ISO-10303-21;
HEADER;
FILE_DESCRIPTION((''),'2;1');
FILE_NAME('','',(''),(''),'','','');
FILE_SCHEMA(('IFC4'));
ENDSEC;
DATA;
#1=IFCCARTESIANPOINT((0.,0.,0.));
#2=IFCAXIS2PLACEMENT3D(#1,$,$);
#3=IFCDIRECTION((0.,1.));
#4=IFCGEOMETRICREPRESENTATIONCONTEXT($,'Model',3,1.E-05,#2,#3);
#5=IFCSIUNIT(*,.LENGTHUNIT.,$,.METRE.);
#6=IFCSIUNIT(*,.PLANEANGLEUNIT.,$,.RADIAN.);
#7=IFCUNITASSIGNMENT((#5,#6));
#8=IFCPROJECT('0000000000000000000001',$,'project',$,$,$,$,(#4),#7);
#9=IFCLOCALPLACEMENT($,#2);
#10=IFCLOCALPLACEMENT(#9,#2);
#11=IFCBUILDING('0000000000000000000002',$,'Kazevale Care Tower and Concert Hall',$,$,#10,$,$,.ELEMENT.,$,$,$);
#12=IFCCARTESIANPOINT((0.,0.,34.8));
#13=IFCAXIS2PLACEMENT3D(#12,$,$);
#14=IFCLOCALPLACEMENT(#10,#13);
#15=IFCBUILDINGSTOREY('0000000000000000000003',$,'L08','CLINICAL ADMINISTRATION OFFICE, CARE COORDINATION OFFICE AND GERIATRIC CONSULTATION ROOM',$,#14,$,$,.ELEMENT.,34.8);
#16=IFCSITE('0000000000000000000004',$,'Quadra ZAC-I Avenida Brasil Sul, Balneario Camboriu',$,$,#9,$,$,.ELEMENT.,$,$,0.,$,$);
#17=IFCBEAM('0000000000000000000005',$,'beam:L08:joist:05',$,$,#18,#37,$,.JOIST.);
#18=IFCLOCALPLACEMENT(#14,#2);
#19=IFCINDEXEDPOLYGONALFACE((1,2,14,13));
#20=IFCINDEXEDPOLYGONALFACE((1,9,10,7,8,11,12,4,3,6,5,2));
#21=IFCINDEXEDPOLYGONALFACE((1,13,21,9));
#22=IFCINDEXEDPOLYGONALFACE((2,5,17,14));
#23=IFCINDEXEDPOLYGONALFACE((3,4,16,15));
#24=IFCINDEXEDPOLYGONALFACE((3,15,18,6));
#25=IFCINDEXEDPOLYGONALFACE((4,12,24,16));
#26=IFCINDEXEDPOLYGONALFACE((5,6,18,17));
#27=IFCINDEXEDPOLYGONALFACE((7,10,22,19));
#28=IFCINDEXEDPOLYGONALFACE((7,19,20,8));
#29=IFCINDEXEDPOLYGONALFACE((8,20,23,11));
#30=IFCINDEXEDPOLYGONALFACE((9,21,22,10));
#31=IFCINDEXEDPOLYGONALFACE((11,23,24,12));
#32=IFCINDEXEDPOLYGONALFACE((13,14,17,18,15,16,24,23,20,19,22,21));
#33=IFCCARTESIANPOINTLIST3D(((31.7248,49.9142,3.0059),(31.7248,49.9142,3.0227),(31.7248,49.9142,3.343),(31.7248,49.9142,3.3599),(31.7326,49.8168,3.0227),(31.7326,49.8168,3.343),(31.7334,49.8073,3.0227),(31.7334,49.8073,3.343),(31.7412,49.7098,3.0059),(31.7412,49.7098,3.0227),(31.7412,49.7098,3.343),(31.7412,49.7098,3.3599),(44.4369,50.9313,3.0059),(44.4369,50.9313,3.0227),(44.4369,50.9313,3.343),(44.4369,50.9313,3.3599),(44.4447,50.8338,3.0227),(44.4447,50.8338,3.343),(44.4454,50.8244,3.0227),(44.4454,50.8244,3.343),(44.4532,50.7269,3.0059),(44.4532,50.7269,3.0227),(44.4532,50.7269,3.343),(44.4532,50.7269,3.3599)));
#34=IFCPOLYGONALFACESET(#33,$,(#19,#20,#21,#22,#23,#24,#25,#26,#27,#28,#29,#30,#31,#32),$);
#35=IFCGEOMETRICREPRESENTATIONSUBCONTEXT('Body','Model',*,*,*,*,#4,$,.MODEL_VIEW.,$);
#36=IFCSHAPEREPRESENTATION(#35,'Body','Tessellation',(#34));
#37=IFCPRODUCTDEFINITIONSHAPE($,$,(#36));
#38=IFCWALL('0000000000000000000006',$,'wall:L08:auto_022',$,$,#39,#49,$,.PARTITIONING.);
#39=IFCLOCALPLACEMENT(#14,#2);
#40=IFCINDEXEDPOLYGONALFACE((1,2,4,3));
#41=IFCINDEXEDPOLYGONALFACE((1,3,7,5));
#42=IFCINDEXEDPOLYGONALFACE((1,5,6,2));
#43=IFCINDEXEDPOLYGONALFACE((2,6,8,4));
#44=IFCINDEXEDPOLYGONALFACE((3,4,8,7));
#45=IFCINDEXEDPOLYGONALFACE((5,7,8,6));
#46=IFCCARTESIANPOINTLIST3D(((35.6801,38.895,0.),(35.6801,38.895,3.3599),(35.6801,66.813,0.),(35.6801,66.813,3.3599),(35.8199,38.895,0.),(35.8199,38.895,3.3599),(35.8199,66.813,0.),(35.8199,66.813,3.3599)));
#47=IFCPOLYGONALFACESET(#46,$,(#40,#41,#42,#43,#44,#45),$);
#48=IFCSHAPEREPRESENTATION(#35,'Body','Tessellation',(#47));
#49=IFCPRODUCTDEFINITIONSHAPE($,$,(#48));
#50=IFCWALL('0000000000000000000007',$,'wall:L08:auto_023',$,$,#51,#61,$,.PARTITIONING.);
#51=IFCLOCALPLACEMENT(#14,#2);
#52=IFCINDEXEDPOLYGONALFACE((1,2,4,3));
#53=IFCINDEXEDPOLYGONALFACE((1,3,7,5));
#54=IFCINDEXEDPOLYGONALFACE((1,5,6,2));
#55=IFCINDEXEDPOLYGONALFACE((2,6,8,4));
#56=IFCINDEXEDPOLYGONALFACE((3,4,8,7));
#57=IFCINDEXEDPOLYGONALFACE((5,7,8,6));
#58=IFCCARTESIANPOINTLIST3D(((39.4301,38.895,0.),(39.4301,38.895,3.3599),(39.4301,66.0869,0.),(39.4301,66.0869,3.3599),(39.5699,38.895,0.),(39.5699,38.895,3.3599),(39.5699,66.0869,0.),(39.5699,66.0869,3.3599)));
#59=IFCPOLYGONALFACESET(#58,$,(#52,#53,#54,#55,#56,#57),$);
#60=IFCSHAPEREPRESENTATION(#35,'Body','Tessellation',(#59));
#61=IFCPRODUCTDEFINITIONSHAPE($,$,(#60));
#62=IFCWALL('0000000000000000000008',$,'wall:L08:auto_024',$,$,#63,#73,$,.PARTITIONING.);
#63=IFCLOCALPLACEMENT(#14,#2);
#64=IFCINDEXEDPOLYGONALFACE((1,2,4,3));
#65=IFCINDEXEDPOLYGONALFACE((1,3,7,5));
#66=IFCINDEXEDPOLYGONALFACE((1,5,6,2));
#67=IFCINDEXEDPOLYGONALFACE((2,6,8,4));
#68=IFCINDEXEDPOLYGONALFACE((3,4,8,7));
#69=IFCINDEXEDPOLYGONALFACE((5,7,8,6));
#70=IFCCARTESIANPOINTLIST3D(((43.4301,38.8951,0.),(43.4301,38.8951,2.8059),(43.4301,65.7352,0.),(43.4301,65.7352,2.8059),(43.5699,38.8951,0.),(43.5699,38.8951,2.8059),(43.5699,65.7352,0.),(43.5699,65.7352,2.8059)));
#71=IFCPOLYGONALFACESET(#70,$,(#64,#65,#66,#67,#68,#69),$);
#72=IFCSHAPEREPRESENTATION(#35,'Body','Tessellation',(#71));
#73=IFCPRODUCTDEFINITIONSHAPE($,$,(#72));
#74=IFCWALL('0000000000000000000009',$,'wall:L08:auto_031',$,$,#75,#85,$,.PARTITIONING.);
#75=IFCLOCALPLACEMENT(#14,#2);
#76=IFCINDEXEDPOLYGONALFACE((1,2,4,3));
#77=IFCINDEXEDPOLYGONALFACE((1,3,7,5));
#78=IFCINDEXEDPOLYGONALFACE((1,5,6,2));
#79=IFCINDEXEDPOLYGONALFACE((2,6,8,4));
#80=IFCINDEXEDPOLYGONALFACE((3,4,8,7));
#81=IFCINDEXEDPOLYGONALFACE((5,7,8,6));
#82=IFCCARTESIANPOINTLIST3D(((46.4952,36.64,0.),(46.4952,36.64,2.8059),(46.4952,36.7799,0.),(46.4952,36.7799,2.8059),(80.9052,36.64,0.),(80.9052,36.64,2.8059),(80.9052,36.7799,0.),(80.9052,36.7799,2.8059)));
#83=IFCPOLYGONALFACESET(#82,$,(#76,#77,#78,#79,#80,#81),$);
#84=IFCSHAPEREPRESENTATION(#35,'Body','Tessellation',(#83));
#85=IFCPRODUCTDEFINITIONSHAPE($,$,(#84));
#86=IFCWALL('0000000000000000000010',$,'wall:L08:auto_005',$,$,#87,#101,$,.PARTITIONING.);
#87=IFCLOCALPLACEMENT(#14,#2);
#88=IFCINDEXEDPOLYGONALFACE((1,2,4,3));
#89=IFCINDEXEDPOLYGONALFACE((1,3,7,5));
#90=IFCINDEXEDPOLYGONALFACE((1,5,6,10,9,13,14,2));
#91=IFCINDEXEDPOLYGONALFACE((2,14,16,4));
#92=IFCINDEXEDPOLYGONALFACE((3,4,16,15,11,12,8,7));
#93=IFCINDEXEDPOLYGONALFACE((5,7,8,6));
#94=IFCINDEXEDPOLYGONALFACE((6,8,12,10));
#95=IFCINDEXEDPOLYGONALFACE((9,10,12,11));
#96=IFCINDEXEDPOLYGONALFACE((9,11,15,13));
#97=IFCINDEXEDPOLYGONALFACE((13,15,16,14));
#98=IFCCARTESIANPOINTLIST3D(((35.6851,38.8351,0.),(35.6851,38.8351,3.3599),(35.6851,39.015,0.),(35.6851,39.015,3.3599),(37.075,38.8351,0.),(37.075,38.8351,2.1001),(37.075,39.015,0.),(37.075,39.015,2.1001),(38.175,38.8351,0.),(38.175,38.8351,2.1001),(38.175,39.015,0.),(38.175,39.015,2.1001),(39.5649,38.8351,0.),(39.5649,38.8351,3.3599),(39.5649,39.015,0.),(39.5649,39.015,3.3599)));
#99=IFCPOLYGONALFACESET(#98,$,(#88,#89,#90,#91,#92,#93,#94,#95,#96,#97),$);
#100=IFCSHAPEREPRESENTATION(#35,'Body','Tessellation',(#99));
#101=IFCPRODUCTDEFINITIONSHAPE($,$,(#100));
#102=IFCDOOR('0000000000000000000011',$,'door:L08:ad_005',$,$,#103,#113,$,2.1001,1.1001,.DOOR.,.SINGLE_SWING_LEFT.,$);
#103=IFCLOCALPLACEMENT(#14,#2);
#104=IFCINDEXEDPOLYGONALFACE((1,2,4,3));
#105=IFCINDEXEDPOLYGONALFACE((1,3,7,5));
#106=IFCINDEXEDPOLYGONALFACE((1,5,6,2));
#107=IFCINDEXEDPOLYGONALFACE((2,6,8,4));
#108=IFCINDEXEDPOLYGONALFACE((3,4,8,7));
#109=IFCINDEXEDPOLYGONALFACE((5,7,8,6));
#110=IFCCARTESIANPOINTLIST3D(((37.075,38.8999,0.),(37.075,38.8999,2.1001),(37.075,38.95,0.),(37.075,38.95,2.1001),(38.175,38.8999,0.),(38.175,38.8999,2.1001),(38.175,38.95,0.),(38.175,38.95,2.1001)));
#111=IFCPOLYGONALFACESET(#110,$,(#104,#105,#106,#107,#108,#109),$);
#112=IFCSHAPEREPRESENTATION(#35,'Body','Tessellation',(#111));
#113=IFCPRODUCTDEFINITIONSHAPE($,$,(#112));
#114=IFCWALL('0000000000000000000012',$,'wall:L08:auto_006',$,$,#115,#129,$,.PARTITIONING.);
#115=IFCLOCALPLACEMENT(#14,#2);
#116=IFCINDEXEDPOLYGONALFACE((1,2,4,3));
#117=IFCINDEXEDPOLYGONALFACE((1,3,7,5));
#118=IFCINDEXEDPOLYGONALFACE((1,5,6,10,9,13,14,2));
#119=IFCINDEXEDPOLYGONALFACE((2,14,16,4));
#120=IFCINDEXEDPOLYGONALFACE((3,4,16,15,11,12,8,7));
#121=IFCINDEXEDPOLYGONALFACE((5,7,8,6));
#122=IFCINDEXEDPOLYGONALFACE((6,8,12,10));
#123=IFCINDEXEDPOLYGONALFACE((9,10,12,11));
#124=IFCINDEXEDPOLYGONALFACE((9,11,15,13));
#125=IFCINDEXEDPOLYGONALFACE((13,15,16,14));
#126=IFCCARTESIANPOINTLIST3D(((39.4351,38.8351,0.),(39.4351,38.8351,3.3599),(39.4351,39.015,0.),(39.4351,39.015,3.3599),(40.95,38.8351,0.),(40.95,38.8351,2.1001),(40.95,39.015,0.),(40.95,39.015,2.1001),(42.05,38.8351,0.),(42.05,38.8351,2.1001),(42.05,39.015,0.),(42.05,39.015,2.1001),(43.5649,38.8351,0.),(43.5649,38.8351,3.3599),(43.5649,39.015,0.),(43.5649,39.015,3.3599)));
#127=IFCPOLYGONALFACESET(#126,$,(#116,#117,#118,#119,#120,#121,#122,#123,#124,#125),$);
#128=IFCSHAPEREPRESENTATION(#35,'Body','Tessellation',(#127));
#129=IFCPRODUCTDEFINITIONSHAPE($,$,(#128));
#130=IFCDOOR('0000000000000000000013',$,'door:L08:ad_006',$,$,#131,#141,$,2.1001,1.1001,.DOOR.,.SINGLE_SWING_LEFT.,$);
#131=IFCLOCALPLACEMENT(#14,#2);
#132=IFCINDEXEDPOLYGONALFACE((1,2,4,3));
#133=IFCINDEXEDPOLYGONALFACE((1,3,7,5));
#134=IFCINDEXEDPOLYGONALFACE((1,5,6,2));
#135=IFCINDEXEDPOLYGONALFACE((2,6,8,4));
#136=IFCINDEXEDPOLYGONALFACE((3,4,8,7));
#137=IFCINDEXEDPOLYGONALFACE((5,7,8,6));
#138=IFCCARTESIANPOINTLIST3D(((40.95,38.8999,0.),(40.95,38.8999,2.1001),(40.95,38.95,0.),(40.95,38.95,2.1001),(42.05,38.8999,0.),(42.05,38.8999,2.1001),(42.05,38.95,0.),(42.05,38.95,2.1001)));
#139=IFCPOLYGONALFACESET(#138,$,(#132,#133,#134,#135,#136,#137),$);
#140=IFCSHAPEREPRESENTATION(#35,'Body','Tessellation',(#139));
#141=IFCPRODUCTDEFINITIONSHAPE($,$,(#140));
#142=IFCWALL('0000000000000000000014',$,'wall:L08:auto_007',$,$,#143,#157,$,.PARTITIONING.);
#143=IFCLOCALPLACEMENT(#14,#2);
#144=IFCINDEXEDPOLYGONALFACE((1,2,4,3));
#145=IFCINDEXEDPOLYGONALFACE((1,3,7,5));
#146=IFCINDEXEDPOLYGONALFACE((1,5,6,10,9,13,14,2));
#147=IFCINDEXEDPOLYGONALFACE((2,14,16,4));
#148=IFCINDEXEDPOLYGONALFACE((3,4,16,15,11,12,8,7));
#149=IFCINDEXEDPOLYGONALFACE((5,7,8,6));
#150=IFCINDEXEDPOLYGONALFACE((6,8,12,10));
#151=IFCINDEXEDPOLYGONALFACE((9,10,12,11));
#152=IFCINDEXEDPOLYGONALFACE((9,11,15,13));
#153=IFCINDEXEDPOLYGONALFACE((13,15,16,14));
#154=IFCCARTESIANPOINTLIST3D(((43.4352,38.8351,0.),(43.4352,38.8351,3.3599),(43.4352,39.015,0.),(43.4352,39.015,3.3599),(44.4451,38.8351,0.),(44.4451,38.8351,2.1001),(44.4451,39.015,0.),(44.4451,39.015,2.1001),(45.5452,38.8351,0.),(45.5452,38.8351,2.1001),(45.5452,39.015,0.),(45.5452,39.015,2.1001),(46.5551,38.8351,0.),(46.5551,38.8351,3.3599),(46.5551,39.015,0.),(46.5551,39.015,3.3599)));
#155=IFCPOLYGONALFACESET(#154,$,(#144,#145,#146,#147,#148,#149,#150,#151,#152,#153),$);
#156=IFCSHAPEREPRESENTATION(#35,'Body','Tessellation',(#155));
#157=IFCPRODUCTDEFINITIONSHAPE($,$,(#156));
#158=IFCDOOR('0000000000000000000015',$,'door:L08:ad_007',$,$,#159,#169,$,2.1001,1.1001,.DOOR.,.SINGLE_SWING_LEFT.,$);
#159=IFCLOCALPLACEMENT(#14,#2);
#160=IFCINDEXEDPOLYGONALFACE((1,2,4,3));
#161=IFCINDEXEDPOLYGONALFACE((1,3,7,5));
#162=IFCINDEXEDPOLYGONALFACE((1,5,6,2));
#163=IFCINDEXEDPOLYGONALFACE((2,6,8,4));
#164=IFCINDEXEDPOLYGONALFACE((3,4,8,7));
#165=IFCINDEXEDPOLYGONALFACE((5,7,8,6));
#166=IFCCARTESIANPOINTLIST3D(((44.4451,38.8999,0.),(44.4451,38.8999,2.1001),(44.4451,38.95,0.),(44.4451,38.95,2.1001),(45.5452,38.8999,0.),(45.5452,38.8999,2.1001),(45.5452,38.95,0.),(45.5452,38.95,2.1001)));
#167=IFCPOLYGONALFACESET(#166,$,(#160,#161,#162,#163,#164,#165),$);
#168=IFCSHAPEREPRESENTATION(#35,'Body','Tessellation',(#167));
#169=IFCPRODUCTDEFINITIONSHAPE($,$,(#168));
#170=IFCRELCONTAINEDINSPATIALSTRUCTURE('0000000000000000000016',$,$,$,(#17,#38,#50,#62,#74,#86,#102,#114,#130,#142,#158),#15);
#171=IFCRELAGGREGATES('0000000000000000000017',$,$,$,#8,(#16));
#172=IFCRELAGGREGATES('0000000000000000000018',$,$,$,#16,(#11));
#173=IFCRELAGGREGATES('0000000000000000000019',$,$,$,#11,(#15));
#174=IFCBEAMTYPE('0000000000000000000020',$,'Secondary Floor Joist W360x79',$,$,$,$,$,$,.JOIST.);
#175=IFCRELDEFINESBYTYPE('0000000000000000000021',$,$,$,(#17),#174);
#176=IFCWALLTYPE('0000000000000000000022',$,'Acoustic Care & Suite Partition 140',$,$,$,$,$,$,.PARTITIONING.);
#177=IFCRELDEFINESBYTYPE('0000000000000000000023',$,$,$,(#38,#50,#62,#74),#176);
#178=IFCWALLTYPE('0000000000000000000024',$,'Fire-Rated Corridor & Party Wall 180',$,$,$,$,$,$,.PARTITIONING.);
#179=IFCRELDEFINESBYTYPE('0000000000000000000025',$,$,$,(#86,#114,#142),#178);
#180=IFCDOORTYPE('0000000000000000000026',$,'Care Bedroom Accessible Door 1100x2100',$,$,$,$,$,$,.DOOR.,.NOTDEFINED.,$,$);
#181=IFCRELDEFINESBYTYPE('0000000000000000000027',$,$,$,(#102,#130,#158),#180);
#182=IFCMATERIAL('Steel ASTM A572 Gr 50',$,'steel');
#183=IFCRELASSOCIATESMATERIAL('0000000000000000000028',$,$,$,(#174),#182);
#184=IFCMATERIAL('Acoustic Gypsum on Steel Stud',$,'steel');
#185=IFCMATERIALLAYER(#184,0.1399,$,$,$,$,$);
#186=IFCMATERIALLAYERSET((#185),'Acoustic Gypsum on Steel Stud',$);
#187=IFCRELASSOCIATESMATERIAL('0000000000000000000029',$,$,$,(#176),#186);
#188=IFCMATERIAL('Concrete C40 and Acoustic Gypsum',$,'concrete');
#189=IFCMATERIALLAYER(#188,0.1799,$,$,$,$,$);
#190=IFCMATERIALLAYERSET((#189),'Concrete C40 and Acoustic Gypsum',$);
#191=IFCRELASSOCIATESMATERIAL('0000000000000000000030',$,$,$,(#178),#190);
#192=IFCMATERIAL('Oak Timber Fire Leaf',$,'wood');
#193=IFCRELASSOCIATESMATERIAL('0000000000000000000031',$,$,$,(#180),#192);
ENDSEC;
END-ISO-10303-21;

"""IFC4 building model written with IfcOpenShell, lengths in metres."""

from ifc_helpers import new_model, si_unit, direction, frame, frame_2d, origin, origin_2d, place, context, subcontext, project, spatial, rectangle, i_section, extrude, material, layer, layer_set, material_profile, profile_set, type_object, element, fill, save


model = new_model("IFC4")

# Units and contexts
model_context = context("Model", 3, precision=1e-05, world=origin(), true_north=direction((0.0, 1.0)))
body_context = subcontext(model_context, "Body", "Model", "MODEL_VIEW")
ifc_project = project(units=[si_unit("LENGTHUNIT", "METRE"), si_unit("PLANEANGLEUNIT", "RADIAN")], contexts=[model_context])

# Site, building, storey
site_placement = place(None, origin())
site = spatial("IfcSite", under=ifc_project, at=site_placement, Name="Quadra ZAC-I Avenida Brasil Sul, Balneario Camboriu", CompositionType="ELEMENT", RefElevation=0.0)
building_placement = place(site_placement, origin())
building = spatial("IfcBuilding", under=site, at=building_placement, Name="Kazevale Care Tower and Concert Hall", CompositionType="ELEMENT")
storey_placement = place(building_placement, frame((0.0, 0.0, 34.8)))
storey = spatial("IfcBuildingStorey", under=building, at=storey_placement, Name="L08", Description="CLINICAL ADMINISTRATION OFFICE, CARE COORDINATION OFFICE AND GERIATRIC CONSULTATION ROOM", CompositionType="ELEMENT", Elevation=34.8)

# Beam
ifc_material_1 = material(Name="Steel ASTM A572 Gr 50", Category="steel")
ifc_material_profile_1 = material_profile(ifc_material_1, i_section(OverallWidth=0.2051, OverallDepth=0.354, WebThickness=0.0095, FlangeThickness=0.0168, at=origin_2d()), Name="W360x79")
ifc_profile_set_1 = profile_set([ifc_material_profile_1], Name="Steel ASTM A572 Gr 50")
beam_type_1 = type_object("IfcBeamType", Name="Secondary Floor Joist W360x79", PredefinedType="JOIST", material=ifc_profile_set_1)
beam_1_placement = place(storey_placement, frame((44.4451, 50.8291, 3.1829), z_axis=(-0.996815, -0.079754, 0.0), x_axis=(0.079754, -0.996815, 0.0)))
element("IfcBeam", 1, at=beam_1_placement, inside=storey, type_object=beam_type_1, Name="beam:L08:joist:05", PredefinedType="JOIST", context=body_context, shape_type="SweptSolid", body=[
    extrude(i_section(OverallWidth=0.2051, OverallDepth=0.354, WebThickness=0.0095, FlangeThickness=0.0168, at=origin_2d()), origin(), (0.0, 0.0, 1.0), 12.7527),
])

# Walls
ifc_material_2 = material(Name="Acoustic Gypsum on Steel Stud", Category="steel")
ifc_layer_1 = layer(ifc_material_2, 0.1399)
ifc_layer_set_1 = layer_set([ifc_layer_1], Name="Acoustic Gypsum on Steel Stud")
wall_type_1 = type_object("IfcWallType", Name="Acoustic Care & Suite Partition 140", PredefinedType="PARTITIONING", material=ifc_layer_set_1)
wall_1_placement = place(storey_placement, frame((35.75, 66.813, 0.0), z_axis=(0.0, 0.0, 1.0), x_axis=(0.0, -1.0, 0.0)))
element("IfcWall", 2, at=wall_1_placement, inside=storey, type_object=wall_type_1, Name="wall:L08:auto_022", PredefinedType="PARTITIONING", context=body_context, shape_type="SweptSolid", body=[
    extrude(rectangle(XDim=27.918, YDim=0.1399, at=frame_2d((13.959, 0.0))), origin(), (0.0, 0.0, 1.0), 3.3599),
])
wall_2_placement = place(storey_placement, frame((39.5, 66.0869, 0.0), z_axis=(0.0, 0.0, 1.0), x_axis=(0.0, -1.0, 0.0)))
element("IfcWall", 3, at=wall_2_placement, inside=storey, type_object=wall_type_1, Name="wall:L08:auto_023", PredefinedType="PARTITIONING", context=body_context, shape_type="SweptSolid", body=[
    extrude(rectangle(XDim=27.1919, YDim=0.1399, at=frame_2d((13.5959, 0.0))), origin(), (0.0, 0.0, 1.0), 3.3599),
])
wall_3_placement = place(storey_placement, frame((43.5, 65.7351, 0.0), z_axis=(0.0, 0.0, 1.0), x_axis=(0.0, -1.0, 0.0)))
element("IfcWall", 4, at=wall_3_placement, inside=storey, type_object=wall_type_1, Name="wall:L08:auto_024", PredefinedType="PARTITIONING", context=body_context, shape_type="SweptSolid", body=[
    extrude(rectangle(XDim=26.8401, YDim=0.1399, at=frame_2d((13.4199, 0.0))), origin(), (0.0, 0.0, 1.0), 2.8059),
])
wall_4_placement = place(storey_placement, frame((46.4951, 36.71, 0.0), z_axis=(0.0, 0.0, 1.0), x_axis=(1.0, 0.0, 0.0)))
element("IfcWall", 5, at=wall_4_placement, inside=storey, type_object=wall_type_1, Name="wall:L08:auto_031", PredefinedType="PARTITIONING", context=body_context, shape_type="SweptSolid", body=[
    extrude(rectangle(XDim=34.4099, YDim=0.1399, at=frame_2d((17.2051, 0.0))), origin(), (0.0, 0.0, 1.0), 2.8059),
])

# Walls, openings, doors
ifc_material_3 = material(Name="Concrete C40 and Acoustic Gypsum", Category="concrete")
ifc_layer_2 = layer(ifc_material_3, 0.1799)
ifc_layer_set_2 = layer_set([ifc_layer_2], Name="Concrete C40 and Acoustic Gypsum")
wall_type_2 = type_object("IfcWallType", Name="Fire-Rated Corridor & Party Wall 180", PredefinedType="PARTITIONING", material=ifc_layer_set_2)
wall_5_placement = place(storey_placement, frame((35.6851, 38.925, 0.0), z_axis=(0.0, 0.0, 1.0), x_axis=(1.0, 0.0, 0.0)))
wall_5 = element("IfcWall", 6, at=wall_5_placement, inside=storey, type_object=wall_type_2, Name="wall:L08:auto_005", PredefinedType="PARTITIONING", context=body_context, shape_type="SweptSolid", body=[
    extrude(rectangle(XDim=3.8799, YDim=0.1799, at=frame_2d((1.9399, 0.0))), origin(), (0.0, 0.0, 1.0), 3.3599),
])
opening_1_placement = place(wall_5_placement, frame((1.3899, 0.0, 0.0)))
opening_1 = element("IfcOpeningElement", 7, at=opening_1_placement, cuts=wall_5, PredefinedType="OPENING", context=body_context, shape_type="SweptSolid", body=[
    extrude(rectangle(XDim=1.1001, YDim=2.1001, at=frame_2d((0.55, 1.05))), frame((0.0, 0.0999, 0.0), z_axis=(0.0, -1.0, 0.0), x_axis=(1.0, 0.0, 0.0)), (0.0, 0.0, 1.0), 0.2),
])
ifc_material_4 = material(Name="Oak Timber Fire Leaf", Category="wood")
door_type = type_object("IfcDoorType", Name="Care Bedroom Accessible Door 1100x2100", OperationType="NOTDEFINED", PredefinedType="DOOR", material=ifc_material_4)
door_1_placement = place(opening_1_placement, origin())
door_1 = element("IfcDoor", 8, at=door_1_placement, inside=storey, type_object=door_type, Name="door:L08:ad_005", OperationType="SINGLE_SWING_LEFT", OverallHeight=2.1001, OverallWidth=1.1001, PredefinedType="DOOR", context=body_context, shape_type="SweptSolid", body=[
    extrude(rectangle(XDim=1.1001, YDim=2.1001, at=frame_2d((0.55, 1.05))), frame((0.0, 0.0249, 0.0), z_axis=(0.0, -1.0, 0.0), x_axis=(1.0, 0.0, 0.0)), (0.0, 0.0, 1.0), 0.05),
])
fill(opening_1, door_1)
wall_6_placement = place(storey_placement, frame((39.4351, 38.925, 0.0), z_axis=(0.0, 0.0, 1.0), x_axis=(1.0, 0.0, 0.0)))
wall_6 = element("IfcWall", 9, at=wall_6_placement, inside=storey, type_object=wall_type_2, Name="wall:L08:auto_006", PredefinedType="PARTITIONING", context=body_context, shape_type="SweptSolid", body=[
    extrude(rectangle(XDim=4.1299, YDim=0.1799, at=frame_2d((2.0649, 0.0))), origin(), (0.0, 0.0, 1.0), 3.3599),
])
opening_2_placement = place(wall_6_placement, frame((1.5149, 0.0, 0.0)))
opening_2 = element("IfcOpeningElement", 10, at=opening_2_placement, cuts=wall_6, PredefinedType="OPENING", context=body_context, shape_type="SweptSolid", body=[
    extrude(rectangle(XDim=1.1001, YDim=2.1001, at=frame_2d((0.55, 1.05))), frame((0.0, 0.0999, 0.0), z_axis=(0.0, -1.0, 0.0), x_axis=(1.0, 0.0, 0.0)), (0.0, 0.0, 1.0), 0.2),
])
door_2_placement = place(opening_2_placement, origin())
door_2 = element("IfcDoor", 11, at=door_2_placement, inside=storey, type_object=door_type, Name="door:L08:ad_006", OperationType="SINGLE_SWING_LEFT", OverallHeight=2.1001, OverallWidth=1.1001, PredefinedType="DOOR", context=body_context, shape_type="SweptSolid", body=[
    extrude(rectangle(XDim=1.1001, YDim=2.1001, at=frame_2d((0.55, 1.05))), frame((0.0, 0.0249, 0.0), z_axis=(0.0, -1.0, 0.0), x_axis=(1.0, 0.0, 0.0)), (0.0, 0.0, 1.0), 0.05),
])
fill(opening_2, door_2)
wall_7_placement = place(storey_placement, frame((43.4351, 38.925, 0.0), z_axis=(0.0, 0.0, 1.0), x_axis=(1.0, 0.0, 0.0)))
wall_7 = element("IfcWall", 12, at=wall_7_placement, inside=storey, type_object=wall_type_2, Name="wall:L08:auto_007", PredefinedType="PARTITIONING", context=body_context, shape_type="SweptSolid", body=[
    extrude(rectangle(XDim=3.1199, YDim=0.1799, at=frame_2d((1.5601, 0.0))), origin(), (0.0, 0.0, 1.0), 3.3599),
])
opening_3_placement = place(wall_7_placement, frame((1.01, 0.0, 0.0)))
opening_3 = element("IfcOpeningElement", 13, at=opening_3_placement, cuts=wall_7, PredefinedType="OPENING", context=body_context, shape_type="SweptSolid", body=[
    extrude(rectangle(XDim=1.1001, YDim=2.1001, at=frame_2d((0.55, 1.05))), frame((0.0, 0.0999, 0.0), z_axis=(0.0, -1.0, 0.0), x_axis=(1.0, 0.0, 0.0)), (0.0, 0.0, 1.0), 0.2),
])
door_3_placement = place(opening_3_placement, origin())
door_3 = element("IfcDoor", 14, at=door_3_placement, inside=storey, type_object=door_type, Name="door:L08:ad_007", OperationType="SINGLE_SWING_LEFT", OverallHeight=2.1001, OverallWidth=1.1001, PredefinedType="DOOR", context=body_context, shape_type="SweptSolid", body=[
    extrude(rectangle(XDim=1.1001, YDim=2.1001, at=frame_2d((0.55, 1.05))), frame((0.0, 0.0249, 0.0), z_axis=(0.0, -1.0, 0.0), x_axis=(1.0, 0.0, 0.0)), (0.0, 0.0, 1.0), 0.05),
])
fill(opening_3, door_3)

save(model, "model.ifc")
